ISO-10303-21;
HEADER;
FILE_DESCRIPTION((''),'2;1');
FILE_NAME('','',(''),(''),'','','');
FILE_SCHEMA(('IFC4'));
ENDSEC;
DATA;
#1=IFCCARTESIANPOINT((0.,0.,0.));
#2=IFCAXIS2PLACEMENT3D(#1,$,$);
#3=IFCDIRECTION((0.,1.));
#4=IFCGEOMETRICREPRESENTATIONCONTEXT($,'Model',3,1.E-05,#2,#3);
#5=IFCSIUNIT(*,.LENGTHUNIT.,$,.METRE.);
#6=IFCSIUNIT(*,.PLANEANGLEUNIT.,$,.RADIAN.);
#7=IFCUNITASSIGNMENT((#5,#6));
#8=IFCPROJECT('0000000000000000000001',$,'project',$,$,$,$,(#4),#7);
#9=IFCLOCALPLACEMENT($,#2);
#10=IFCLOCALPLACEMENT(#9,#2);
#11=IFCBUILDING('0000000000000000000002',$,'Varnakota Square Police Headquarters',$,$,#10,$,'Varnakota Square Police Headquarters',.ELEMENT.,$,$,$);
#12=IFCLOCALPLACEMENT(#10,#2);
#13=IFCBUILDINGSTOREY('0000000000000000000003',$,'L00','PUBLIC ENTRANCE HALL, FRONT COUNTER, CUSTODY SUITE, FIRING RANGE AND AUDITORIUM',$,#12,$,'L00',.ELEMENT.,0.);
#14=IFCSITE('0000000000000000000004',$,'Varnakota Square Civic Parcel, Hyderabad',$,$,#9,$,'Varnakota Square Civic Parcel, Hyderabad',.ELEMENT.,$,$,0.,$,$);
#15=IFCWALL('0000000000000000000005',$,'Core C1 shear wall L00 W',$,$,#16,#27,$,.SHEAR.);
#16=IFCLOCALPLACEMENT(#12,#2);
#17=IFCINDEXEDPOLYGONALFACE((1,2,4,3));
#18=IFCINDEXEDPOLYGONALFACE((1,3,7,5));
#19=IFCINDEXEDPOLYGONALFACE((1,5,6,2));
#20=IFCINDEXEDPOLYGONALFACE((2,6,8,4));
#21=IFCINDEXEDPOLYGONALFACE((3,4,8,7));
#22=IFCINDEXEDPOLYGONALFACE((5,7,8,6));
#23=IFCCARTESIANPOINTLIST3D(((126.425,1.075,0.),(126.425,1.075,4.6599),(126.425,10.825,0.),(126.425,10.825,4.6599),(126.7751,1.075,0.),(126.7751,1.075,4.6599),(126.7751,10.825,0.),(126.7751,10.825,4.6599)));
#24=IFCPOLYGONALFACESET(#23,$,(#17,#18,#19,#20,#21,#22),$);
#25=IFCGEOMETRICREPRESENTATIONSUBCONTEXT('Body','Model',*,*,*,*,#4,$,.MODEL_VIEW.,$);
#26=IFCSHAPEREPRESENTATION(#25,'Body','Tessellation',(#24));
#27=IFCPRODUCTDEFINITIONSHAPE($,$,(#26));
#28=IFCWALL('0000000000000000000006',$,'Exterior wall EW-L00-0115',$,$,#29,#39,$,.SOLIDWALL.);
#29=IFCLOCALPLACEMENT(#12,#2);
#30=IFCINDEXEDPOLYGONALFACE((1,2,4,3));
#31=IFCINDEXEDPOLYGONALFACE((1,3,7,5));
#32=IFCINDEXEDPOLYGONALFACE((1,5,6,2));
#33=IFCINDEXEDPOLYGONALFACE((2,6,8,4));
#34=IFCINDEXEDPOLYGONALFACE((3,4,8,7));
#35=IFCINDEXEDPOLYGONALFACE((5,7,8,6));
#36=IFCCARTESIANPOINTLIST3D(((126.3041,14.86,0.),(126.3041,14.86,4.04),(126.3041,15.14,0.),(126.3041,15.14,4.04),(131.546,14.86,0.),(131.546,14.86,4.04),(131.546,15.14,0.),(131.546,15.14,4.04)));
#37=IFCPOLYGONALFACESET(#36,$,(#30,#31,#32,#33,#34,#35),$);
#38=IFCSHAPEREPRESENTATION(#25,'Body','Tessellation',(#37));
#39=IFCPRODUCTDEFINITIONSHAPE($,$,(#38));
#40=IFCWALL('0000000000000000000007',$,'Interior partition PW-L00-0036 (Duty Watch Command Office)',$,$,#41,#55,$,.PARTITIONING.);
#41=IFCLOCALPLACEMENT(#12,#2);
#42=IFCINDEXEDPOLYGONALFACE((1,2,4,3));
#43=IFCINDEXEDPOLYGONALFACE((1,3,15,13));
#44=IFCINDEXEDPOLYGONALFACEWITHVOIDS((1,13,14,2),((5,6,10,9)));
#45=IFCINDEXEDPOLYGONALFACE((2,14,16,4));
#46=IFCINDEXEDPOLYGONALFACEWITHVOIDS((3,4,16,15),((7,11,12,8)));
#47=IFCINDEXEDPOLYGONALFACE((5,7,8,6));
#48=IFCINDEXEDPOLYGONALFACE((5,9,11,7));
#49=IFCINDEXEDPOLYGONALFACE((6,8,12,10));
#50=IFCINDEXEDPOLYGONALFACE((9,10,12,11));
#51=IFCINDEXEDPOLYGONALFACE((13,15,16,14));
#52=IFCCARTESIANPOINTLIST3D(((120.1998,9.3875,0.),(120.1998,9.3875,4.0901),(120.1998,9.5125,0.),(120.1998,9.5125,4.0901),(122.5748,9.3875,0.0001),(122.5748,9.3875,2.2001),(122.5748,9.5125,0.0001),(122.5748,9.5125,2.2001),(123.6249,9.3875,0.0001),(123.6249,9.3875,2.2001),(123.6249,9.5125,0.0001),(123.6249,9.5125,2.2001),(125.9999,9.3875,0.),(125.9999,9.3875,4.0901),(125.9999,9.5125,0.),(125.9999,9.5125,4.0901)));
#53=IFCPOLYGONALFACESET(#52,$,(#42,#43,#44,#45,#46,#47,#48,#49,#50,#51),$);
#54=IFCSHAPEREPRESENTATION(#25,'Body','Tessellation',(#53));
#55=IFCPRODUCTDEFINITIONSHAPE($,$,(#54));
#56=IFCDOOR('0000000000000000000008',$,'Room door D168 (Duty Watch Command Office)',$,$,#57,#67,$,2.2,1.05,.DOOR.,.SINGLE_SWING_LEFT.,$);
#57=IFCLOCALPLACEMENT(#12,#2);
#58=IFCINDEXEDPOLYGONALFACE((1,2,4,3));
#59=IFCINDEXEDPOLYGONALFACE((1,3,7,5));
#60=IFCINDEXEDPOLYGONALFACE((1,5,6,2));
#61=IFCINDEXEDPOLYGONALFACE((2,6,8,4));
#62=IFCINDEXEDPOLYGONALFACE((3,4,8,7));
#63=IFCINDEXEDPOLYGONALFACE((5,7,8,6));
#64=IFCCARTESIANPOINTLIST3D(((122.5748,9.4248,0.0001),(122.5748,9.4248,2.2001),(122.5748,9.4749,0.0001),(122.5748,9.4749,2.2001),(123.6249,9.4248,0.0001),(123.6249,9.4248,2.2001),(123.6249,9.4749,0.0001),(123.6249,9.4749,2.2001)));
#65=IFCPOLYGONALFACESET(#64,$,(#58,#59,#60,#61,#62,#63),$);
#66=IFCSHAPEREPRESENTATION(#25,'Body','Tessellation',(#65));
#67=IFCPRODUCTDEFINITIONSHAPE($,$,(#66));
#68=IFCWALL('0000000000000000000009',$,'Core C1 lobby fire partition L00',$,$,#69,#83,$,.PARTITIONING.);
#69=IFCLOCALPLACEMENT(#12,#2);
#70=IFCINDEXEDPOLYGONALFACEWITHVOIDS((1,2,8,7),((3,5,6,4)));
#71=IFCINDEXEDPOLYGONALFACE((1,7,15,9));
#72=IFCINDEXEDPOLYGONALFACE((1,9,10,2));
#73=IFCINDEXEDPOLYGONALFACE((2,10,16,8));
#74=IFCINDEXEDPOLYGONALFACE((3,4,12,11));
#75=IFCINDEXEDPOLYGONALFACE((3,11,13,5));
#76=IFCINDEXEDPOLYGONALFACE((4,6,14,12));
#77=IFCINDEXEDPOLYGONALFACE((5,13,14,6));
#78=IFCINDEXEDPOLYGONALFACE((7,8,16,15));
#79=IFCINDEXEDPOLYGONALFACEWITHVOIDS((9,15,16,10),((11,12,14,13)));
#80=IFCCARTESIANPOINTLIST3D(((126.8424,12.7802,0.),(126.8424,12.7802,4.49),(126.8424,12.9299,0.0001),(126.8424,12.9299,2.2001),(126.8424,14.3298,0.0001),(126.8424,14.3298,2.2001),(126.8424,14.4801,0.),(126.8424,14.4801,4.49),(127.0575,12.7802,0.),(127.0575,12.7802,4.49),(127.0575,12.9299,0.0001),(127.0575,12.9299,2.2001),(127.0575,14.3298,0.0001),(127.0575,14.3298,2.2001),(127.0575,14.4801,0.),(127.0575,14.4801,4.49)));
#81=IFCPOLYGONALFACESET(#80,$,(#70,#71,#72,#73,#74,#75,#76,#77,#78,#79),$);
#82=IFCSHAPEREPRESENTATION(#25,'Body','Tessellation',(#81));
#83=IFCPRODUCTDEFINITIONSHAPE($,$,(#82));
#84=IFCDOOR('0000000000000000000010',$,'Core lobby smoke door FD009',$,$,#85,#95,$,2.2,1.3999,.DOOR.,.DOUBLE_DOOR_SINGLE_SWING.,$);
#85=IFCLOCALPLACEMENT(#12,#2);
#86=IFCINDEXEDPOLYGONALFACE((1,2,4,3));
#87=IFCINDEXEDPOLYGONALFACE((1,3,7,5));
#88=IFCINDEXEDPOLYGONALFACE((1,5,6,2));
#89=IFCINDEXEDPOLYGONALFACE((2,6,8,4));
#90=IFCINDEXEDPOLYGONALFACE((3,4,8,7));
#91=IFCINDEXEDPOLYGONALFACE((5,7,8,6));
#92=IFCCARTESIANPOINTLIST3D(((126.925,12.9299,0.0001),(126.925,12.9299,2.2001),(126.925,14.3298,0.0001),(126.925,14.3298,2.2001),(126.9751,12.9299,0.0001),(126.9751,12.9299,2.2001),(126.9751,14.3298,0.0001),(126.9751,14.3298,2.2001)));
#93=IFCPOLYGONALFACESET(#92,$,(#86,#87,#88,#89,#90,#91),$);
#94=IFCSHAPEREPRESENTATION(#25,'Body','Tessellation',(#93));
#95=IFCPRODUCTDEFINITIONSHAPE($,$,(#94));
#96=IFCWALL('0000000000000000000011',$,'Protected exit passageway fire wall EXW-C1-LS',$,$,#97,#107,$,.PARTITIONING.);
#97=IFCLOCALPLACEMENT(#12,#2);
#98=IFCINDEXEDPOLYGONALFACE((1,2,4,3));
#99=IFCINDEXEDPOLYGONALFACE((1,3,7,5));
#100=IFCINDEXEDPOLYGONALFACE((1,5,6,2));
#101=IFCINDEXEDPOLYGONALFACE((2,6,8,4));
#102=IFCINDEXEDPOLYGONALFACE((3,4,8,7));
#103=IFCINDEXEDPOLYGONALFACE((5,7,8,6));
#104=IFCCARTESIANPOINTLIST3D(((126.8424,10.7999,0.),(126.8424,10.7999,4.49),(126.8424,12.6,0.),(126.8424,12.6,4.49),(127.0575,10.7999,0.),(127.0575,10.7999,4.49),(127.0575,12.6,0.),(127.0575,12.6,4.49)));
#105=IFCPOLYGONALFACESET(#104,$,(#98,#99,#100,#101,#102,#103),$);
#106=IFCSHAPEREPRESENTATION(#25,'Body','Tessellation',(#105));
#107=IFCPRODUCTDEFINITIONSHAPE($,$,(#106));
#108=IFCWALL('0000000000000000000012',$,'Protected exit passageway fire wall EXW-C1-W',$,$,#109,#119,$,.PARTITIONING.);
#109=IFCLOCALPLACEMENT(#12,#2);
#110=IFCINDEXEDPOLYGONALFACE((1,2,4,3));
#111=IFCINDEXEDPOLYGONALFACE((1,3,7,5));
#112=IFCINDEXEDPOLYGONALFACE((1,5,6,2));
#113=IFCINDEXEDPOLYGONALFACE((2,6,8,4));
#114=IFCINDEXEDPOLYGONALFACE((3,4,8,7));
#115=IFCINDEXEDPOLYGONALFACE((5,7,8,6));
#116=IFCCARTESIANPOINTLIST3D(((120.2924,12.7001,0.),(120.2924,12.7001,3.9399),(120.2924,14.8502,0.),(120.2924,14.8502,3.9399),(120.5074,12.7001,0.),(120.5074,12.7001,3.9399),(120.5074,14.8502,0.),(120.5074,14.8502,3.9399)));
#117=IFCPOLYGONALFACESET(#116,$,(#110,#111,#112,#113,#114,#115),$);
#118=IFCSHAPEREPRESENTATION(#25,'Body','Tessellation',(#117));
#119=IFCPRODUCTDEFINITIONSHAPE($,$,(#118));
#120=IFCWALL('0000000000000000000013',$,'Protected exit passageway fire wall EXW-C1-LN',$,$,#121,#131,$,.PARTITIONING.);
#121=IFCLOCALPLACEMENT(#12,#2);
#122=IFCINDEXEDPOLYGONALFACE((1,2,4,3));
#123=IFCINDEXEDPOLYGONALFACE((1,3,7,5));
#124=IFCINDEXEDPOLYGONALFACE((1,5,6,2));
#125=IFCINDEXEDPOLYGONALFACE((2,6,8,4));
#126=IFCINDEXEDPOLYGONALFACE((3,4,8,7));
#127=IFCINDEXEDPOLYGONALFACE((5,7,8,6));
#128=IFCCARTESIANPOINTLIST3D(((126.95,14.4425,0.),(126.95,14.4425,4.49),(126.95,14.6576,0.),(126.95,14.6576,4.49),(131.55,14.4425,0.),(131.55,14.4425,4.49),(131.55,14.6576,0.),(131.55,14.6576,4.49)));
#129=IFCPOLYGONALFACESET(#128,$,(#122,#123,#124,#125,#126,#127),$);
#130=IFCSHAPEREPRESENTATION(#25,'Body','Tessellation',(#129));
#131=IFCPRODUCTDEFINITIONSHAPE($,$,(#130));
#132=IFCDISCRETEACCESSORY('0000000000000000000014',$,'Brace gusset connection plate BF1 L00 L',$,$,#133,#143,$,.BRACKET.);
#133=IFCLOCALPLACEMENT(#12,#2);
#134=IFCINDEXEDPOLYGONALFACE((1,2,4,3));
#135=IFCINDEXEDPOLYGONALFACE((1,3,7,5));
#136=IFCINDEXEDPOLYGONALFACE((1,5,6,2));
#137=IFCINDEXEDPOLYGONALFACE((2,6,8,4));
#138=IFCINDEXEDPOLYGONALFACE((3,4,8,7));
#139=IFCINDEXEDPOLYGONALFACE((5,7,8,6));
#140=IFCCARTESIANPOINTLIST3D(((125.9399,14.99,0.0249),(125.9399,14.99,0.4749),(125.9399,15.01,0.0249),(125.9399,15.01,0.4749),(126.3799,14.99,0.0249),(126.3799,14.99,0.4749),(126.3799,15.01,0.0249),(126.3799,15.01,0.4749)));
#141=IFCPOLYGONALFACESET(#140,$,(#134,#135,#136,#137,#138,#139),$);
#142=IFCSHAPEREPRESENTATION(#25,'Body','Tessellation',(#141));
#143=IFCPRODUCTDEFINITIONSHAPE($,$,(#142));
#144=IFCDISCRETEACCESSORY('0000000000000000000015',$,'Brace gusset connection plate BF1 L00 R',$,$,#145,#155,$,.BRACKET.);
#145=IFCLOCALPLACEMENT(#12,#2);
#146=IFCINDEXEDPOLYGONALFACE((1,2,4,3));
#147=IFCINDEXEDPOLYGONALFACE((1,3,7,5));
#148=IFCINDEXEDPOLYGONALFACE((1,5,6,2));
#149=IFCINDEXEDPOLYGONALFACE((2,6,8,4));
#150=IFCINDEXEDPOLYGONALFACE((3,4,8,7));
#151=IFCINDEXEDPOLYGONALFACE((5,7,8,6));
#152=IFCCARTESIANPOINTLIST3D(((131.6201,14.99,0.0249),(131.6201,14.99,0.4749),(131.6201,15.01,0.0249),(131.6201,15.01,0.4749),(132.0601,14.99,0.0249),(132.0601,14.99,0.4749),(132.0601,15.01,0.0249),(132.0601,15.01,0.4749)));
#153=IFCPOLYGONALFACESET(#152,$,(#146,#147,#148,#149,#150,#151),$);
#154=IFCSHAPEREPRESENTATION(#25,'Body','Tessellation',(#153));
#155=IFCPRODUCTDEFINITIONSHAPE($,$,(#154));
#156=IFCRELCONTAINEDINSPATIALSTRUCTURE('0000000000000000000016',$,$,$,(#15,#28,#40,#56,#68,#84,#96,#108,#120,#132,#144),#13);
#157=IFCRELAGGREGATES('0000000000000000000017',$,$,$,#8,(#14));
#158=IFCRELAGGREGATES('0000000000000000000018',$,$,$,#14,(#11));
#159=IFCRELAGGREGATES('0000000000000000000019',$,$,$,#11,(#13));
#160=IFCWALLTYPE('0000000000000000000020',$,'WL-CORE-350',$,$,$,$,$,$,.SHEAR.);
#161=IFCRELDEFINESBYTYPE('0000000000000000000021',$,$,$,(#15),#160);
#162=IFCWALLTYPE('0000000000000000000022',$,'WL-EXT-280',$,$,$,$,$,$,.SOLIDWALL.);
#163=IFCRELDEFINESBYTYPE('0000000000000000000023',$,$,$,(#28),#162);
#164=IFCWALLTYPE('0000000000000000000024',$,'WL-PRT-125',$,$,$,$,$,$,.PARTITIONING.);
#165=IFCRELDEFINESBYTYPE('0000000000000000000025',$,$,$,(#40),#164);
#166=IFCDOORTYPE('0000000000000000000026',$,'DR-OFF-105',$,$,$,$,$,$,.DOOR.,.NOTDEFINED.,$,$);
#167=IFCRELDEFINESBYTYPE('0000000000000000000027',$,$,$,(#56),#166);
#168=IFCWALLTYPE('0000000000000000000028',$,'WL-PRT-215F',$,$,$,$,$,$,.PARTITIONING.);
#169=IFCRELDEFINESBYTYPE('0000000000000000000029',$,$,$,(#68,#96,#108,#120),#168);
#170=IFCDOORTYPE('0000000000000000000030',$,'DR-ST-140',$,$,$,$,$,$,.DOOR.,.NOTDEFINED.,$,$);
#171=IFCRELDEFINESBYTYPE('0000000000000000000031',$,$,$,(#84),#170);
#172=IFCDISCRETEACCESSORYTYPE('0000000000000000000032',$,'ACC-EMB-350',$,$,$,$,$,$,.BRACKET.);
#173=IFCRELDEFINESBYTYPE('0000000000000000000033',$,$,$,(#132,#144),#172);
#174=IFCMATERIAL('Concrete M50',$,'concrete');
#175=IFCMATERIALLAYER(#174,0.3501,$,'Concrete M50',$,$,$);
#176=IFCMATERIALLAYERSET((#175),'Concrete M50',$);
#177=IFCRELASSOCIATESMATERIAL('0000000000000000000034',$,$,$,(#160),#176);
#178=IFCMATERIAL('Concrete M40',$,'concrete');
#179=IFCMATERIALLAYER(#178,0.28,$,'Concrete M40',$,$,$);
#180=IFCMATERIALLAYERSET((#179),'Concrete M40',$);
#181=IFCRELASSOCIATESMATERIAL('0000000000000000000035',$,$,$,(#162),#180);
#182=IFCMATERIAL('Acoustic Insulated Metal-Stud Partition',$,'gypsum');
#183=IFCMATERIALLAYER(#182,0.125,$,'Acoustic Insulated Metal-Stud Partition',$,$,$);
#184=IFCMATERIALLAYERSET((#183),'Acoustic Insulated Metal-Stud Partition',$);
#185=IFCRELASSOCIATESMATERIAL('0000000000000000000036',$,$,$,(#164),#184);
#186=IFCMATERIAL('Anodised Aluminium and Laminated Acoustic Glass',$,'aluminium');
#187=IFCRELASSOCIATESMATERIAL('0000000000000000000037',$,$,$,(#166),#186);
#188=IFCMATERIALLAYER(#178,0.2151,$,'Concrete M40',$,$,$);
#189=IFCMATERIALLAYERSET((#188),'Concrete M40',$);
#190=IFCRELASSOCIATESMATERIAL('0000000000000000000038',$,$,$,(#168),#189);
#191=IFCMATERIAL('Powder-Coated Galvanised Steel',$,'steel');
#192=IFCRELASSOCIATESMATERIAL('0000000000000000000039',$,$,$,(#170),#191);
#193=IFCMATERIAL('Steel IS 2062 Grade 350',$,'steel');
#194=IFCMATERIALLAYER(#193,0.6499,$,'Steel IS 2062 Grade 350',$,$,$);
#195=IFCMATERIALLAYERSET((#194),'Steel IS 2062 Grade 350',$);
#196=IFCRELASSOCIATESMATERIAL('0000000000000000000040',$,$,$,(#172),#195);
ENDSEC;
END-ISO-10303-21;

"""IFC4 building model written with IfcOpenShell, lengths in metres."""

from ifc_helpers import new_model, si_unit, direction, frame, frame_2d, origin, origin_2d, place, context, subcontext, project, spatial, rectangle, extrude, material, layer, layer_set, type_object, element, fill, save


model = new_model("IFC4")

# Units and contexts
model_context = context("Model", 3, precision=1e-05, world=origin(), true_north=direction((0.0, 1.0)))
body_context = subcontext(model_context, "Body", "Model", "MODEL_VIEW")
ifc_project = project(units=[si_unit("LENGTHUNIT", "METRE"), si_unit("PLANEANGLEUNIT", "RADIAN")], contexts=[model_context])

# Site, building, storey
site_placement = place(None, origin())
site = spatial("IfcSite", under=ifc_project, at=site_placement, Name="Varnakota Square Civic Parcel, Hyderabad", LongName="Varnakota Square Civic Parcel, Hyderabad", CompositionType="ELEMENT", RefElevation=0.0)
building_placement = place(site_placement, origin())
building = spatial("IfcBuilding", under=site, at=building_placement, Name="Varnakota Square Police Headquarters", LongName="Varnakota Square Police Headquarters", CompositionType="ELEMENT")
storey_placement = place(building_placement, origin())
storey = spatial("IfcBuildingStorey", under=building, at=storey_placement, Name="L00", Description="PUBLIC ENTRANCE HALL, FRONT COUNTER, CUSTODY SUITE, FIRING RANGE AND AUDITORIUM", LongName="L00", CompositionType="ELEMENT", Elevation=0.0)

# Shared definitions
ifc_material_1 = material(Name="Concrete M50", Category="concrete")

# Shared definitions
ifc_material_2 = material(Name="Steel IS 2062 Grade 350", Category="steel")

# Shared definitions
ifc_layer_1 = layer(ifc_material_1, 0.3501, Name="Concrete M50")
ifc_layer_set_1 = layer_set([ifc_layer_1], Name="Concrete M50")
wall_type_1 = type_object("IfcWallType", Name="WL-CORE-350", PredefinedType="SHEAR", material=ifc_layer_set_1)
ifc_material_3 = material(Name="Powder-Coated Galvanised Steel", Category="steel")

# Walls
wall_1_placement = place(storey_placement, frame((126.6001, 10.825, 0.0), z_axis=(0.0, 0.0, 1.0), x_axis=(0.0, -1.0, 0.0)))
element("IfcWall", 1, at=wall_1_placement, inside=storey, type_object=wall_type_1, Name="Core C1 shear wall L00 W", PredefinedType="SHEAR", context=body_context, shape_type="SweptSolid", body=[
    extrude(rectangle(XDim=9.75, YDim=0.3501, at=frame_2d((4.875, 0.0))), origin(), (0.0, 0.0, 1.0), 4.6599),
])
ifc_material_4 = material(Name="Concrete M40", Category="concrete")
ifc_layer_2 = layer(ifc_material_4, 0.28, Name="Concrete M40")
ifc_layer_set_2 = layer_set([ifc_layer_2], Name="Concrete M40")
wall_type_2 = type_object("IfcWallType", Name="WL-EXT-280", PredefinedType="SOLIDWALL", material=ifc_layer_set_2)
wall_2_placement = place(storey_placement, frame((126.304, 15.0, 0.0), z_axis=(0.0, 0.0, 1.0), x_axis=(1.0, 0.0, 0.0)))
element("IfcWall", 2, at=wall_2_placement, inside=storey, type_object=wall_type_2, Name="Exterior wall EW-L00-0115", PredefinedType="SOLIDWALL", context=body_context, shape_type="SweptSolid", body=[
    extrude(rectangle(XDim=5.2419, YDim=0.28, at=frame_2d((2.6211, 0.0))), origin(), (0.0, 0.0, 1.0), 4.04),
])

# Walls, openings, doors
ifc_material_5 = material(Name="Acoustic Insulated Metal-Stud Partition", Category="gypsum")
ifc_layer_3 = layer(ifc_material_5, 0.125, Name="Acoustic Insulated Metal-Stud Partition")
ifc_layer_set_3 = layer_set([ifc_layer_3], Name="Acoustic Insulated Metal-Stud Partition")
wall_type_3 = type_object("IfcWallType", Name="WL-PRT-125", PredefinedType="PARTITIONING", material=ifc_layer_set_3)
wall_3_placement = place(storey_placement, frame((120.2, 9.45, 0.0), z_axis=(0.0, 0.0, 1.0), x_axis=(1.0, 0.0, 0.0)))
wall_3 = element("IfcWall", 3, at=wall_3_placement, inside=storey, type_object=wall_type_3, Name="Interior partition PW-L00-0036 (Duty Watch Command Office)", PredefinedType="PARTITIONING", context=body_context, shape_type="SweptSolid", body=[
    extrude(rectangle(XDim=5.8, YDim=0.125, at=frame_2d((2.8999, 0.0))), origin(), (0.0, 0.0, 1.0), 4.0901),
])
opening_1_placement = place(wall_3_placement, frame((2.375, 0.0, 0.0)))
opening_1 = element("IfcOpeningElement", 4, at=opening_1_placement, cuts=wall_3, PredefinedType="OPENING", context=body_context, shape_type="SweptSolid", body=[
    extrude(rectangle(XDim=1.05, YDim=2.2, at=frame_2d((0.5249, 1.1001))), frame((0.0, 0.0725, 0.0), z_axis=(0.0, -1.0, 0.0), x_axis=(1.0, 0.0, 0.0)), (0.0, 0.0, 1.0), 0.145),
])
ifc_material_6 = material(Name="Anodised Aluminium and Laminated Acoustic Glass", Category="aluminium")
door_type_1 = type_object("IfcDoorType", Name="DR-OFF-105", OperationType="NOTDEFINED", PredefinedType="DOOR", material=ifc_material_6)
door_1_placement = place(opening_1_placement, origin())
door_1 = element("IfcDoor", 5, at=door_1_placement, inside=storey, type_object=door_type_1, Name="Room door D168 (Duty Watch Command Office)", OperationType="SINGLE_SWING_LEFT", OverallHeight=2.2, OverallWidth=1.05, PredefinedType="DOOR", context=body_context, shape_type="SweptSolid", body=[
    extrude(rectangle(XDim=1.05, YDim=2.2, at=frame_2d((0.5249, 1.1001))), frame((0.0, 0.0249, 0.0), z_axis=(0.0, -1.0, 0.0), x_axis=(1.0, 0.0, 0.0)), (0.0, 0.0, 1.0), 0.05),
])
fill(opening_1, door_1)
ifc_layer_4 = layer(ifc_material_4, 0.2151, Name="Concrete M40")
ifc_layer_set_4 = layer_set([ifc_layer_4], Name="Concrete M40")
wall_type_4 = type_object("IfcWallType", Name="WL-PRT-215F", PredefinedType="PARTITIONING", material=ifc_layer_set_4)
wall_4_placement = place(storey_placement, frame((126.95, 12.78, 0.0), z_axis=(0.0, 0.0, 1.0), x_axis=(0.0, 1.0, 0.0)))
wall_4 = element("IfcWall", 6, at=wall_4_placement, inside=storey, type_object=wall_type_4, Name="Core C1 lobby fire partition L00", PredefinedType="PARTITIONING", context=body_context, shape_type="SweptSolid", body=[
    extrude(rectangle(XDim=1.7, YDim=0.2151, at=frame_2d((0.8501, 0.0))), origin(), (0.0, 0.0, 1.0), 4.49),
])
opening_2_placement = place(wall_4_placement, frame((0.1499, 0.0, 0.0)))
opening_2 = element("IfcOpeningElement", 7, at=opening_2_placement, cuts=wall_4, PredefinedType="OPENING", context=body_context, shape_type="SweptSolid", body=[
    extrude(rectangle(XDim=1.3999, YDim=2.2, at=frame_2d((0.7, 1.1001))), frame((0.0, 0.1174, 0.0), z_axis=(0.0, -1.0, 0.0), x_axis=(1.0, 0.0, 0.0)), (0.0, 0.0, 1.0), 0.2351),
])
door_type_2 = type_object("IfcDoorType", Name="DR-ST-140", OperationType="NOTDEFINED", PredefinedType="DOOR", material=ifc_material_3)
door_2_placement = place(opening_2_placement, origin())
door_2 = element("IfcDoor", 8, at=door_2_placement, inside=storey, type_object=door_type_2, Name="Core lobby smoke door FD009", OperationType="DOUBLE_DOOR_SINGLE_SWING", OverallHeight=2.2, OverallWidth=1.3999, PredefinedType="DOOR", context=body_context, shape_type="SweptSolid", body=[
    extrude(rectangle(XDim=1.3999, YDim=2.2, at=frame_2d((0.7, 1.1001))), frame((0.0, 0.0249, 0.0), z_axis=(0.0, -1.0, 0.0), x_axis=(1.0, 0.0, 0.0)), (0.0, 0.0, 1.0), 0.05),
])
fill(opening_2, door_2)

# Walls
wall_5_placement = place(storey_placement, frame((126.95, 10.8, 0.0), z_axis=(0.0, 0.0, 1.0), x_axis=(0.0, 1.0, 0.0)))
element("IfcWall", 9, at=wall_5_placement, inside=storey, type_object=wall_type_4, Name="Protected exit passageway fire wall EXW-C1-LS", PredefinedType="PARTITIONING", context=body_context, shape_type="SweptSolid", body=[
    extrude(rectangle(XDim=1.8, YDim=0.2151, at=frame_2d((0.8999, 0.0))), origin(), (0.0, 0.0, 1.0), 4.49),
])
wall_6_placement = place(storey_placement, frame((120.3999, 12.7, 0.0), z_axis=(0.0, 0.0, 1.0), x_axis=(0.0, 1.0, 0.0)))
element("IfcWall", 10, at=wall_6_placement, inside=storey, type_object=wall_type_4, Name="Protected exit passageway fire wall EXW-C1-W", PredefinedType="PARTITIONING", context=body_context, shape_type="SweptSolid", body=[
    extrude(rectangle(XDim=2.1501, YDim=0.2151, at=frame_2d((1.0752, 0.0))), origin(), (0.0, 0.0, 1.0), 3.9399),
])
wall_7_placement = place(storey_placement, frame((126.95, 14.55, 0.0), z_axis=(0.0, 0.0, 1.0), x_axis=(1.0, 0.0, 0.0)))
element("IfcWall", 11, at=wall_7_placement, inside=storey, type_object=wall_type_4, Name="Protected exit passageway fire wall EXW-C1-LN", PredefinedType="PARTITIONING", context=body_context, shape_type="SweptSolid", body=[
    extrude(rectangle(XDim=4.6001, YDim=0.2151, at=frame_2d((2.3, 0.0))), origin(), (0.0, 0.0, 1.0), 4.49),
])

# Discrete accessories
ifc_layer_5 = layer(ifc_material_2, 0.6499, Name="Steel IS 2062 Grade 350")
ifc_layer_set_5 = layer_set([ifc_layer_5], Name="Steel IS 2062 Grade 350")
discrete_accessory_type = type_object("IfcDiscreteAccessoryType", Name="ACC-EMB-350", PredefinedType="BRACKET", material=ifc_layer_set_5)
for number, where, z_axis, x_axis, name in (
    (12, (126.1599, 15.0, 0.0249), (0.0, 0.0, 1.0), (1.0, 0.0, 0.0), "Brace gusset connection plate BF1 L00 L"),
    (13, (131.8401, 15.0, 0.0249), (0.0, 0.0, 1.0), (1.0, 0.0, 0.0), "Brace gusset connection plate BF1 L00 R"),
):
    element("IfcDiscreteAccessory", number, at=place(storey_placement, frame(where, z_axis=z_axis, x_axis=x_axis)), inside=storey, type_object=discrete_accessory_type, Name=name, PredefinedType="BRACKET", context=body_context, shape_type="SweptSolid", body=[
        extrude(rectangle(XDim=0.4399, YDim=0.02, at=origin_2d()), origin(), (0.0, 0.0, 1.0), 0.45),
    ])

save(model, "model.ifc")
